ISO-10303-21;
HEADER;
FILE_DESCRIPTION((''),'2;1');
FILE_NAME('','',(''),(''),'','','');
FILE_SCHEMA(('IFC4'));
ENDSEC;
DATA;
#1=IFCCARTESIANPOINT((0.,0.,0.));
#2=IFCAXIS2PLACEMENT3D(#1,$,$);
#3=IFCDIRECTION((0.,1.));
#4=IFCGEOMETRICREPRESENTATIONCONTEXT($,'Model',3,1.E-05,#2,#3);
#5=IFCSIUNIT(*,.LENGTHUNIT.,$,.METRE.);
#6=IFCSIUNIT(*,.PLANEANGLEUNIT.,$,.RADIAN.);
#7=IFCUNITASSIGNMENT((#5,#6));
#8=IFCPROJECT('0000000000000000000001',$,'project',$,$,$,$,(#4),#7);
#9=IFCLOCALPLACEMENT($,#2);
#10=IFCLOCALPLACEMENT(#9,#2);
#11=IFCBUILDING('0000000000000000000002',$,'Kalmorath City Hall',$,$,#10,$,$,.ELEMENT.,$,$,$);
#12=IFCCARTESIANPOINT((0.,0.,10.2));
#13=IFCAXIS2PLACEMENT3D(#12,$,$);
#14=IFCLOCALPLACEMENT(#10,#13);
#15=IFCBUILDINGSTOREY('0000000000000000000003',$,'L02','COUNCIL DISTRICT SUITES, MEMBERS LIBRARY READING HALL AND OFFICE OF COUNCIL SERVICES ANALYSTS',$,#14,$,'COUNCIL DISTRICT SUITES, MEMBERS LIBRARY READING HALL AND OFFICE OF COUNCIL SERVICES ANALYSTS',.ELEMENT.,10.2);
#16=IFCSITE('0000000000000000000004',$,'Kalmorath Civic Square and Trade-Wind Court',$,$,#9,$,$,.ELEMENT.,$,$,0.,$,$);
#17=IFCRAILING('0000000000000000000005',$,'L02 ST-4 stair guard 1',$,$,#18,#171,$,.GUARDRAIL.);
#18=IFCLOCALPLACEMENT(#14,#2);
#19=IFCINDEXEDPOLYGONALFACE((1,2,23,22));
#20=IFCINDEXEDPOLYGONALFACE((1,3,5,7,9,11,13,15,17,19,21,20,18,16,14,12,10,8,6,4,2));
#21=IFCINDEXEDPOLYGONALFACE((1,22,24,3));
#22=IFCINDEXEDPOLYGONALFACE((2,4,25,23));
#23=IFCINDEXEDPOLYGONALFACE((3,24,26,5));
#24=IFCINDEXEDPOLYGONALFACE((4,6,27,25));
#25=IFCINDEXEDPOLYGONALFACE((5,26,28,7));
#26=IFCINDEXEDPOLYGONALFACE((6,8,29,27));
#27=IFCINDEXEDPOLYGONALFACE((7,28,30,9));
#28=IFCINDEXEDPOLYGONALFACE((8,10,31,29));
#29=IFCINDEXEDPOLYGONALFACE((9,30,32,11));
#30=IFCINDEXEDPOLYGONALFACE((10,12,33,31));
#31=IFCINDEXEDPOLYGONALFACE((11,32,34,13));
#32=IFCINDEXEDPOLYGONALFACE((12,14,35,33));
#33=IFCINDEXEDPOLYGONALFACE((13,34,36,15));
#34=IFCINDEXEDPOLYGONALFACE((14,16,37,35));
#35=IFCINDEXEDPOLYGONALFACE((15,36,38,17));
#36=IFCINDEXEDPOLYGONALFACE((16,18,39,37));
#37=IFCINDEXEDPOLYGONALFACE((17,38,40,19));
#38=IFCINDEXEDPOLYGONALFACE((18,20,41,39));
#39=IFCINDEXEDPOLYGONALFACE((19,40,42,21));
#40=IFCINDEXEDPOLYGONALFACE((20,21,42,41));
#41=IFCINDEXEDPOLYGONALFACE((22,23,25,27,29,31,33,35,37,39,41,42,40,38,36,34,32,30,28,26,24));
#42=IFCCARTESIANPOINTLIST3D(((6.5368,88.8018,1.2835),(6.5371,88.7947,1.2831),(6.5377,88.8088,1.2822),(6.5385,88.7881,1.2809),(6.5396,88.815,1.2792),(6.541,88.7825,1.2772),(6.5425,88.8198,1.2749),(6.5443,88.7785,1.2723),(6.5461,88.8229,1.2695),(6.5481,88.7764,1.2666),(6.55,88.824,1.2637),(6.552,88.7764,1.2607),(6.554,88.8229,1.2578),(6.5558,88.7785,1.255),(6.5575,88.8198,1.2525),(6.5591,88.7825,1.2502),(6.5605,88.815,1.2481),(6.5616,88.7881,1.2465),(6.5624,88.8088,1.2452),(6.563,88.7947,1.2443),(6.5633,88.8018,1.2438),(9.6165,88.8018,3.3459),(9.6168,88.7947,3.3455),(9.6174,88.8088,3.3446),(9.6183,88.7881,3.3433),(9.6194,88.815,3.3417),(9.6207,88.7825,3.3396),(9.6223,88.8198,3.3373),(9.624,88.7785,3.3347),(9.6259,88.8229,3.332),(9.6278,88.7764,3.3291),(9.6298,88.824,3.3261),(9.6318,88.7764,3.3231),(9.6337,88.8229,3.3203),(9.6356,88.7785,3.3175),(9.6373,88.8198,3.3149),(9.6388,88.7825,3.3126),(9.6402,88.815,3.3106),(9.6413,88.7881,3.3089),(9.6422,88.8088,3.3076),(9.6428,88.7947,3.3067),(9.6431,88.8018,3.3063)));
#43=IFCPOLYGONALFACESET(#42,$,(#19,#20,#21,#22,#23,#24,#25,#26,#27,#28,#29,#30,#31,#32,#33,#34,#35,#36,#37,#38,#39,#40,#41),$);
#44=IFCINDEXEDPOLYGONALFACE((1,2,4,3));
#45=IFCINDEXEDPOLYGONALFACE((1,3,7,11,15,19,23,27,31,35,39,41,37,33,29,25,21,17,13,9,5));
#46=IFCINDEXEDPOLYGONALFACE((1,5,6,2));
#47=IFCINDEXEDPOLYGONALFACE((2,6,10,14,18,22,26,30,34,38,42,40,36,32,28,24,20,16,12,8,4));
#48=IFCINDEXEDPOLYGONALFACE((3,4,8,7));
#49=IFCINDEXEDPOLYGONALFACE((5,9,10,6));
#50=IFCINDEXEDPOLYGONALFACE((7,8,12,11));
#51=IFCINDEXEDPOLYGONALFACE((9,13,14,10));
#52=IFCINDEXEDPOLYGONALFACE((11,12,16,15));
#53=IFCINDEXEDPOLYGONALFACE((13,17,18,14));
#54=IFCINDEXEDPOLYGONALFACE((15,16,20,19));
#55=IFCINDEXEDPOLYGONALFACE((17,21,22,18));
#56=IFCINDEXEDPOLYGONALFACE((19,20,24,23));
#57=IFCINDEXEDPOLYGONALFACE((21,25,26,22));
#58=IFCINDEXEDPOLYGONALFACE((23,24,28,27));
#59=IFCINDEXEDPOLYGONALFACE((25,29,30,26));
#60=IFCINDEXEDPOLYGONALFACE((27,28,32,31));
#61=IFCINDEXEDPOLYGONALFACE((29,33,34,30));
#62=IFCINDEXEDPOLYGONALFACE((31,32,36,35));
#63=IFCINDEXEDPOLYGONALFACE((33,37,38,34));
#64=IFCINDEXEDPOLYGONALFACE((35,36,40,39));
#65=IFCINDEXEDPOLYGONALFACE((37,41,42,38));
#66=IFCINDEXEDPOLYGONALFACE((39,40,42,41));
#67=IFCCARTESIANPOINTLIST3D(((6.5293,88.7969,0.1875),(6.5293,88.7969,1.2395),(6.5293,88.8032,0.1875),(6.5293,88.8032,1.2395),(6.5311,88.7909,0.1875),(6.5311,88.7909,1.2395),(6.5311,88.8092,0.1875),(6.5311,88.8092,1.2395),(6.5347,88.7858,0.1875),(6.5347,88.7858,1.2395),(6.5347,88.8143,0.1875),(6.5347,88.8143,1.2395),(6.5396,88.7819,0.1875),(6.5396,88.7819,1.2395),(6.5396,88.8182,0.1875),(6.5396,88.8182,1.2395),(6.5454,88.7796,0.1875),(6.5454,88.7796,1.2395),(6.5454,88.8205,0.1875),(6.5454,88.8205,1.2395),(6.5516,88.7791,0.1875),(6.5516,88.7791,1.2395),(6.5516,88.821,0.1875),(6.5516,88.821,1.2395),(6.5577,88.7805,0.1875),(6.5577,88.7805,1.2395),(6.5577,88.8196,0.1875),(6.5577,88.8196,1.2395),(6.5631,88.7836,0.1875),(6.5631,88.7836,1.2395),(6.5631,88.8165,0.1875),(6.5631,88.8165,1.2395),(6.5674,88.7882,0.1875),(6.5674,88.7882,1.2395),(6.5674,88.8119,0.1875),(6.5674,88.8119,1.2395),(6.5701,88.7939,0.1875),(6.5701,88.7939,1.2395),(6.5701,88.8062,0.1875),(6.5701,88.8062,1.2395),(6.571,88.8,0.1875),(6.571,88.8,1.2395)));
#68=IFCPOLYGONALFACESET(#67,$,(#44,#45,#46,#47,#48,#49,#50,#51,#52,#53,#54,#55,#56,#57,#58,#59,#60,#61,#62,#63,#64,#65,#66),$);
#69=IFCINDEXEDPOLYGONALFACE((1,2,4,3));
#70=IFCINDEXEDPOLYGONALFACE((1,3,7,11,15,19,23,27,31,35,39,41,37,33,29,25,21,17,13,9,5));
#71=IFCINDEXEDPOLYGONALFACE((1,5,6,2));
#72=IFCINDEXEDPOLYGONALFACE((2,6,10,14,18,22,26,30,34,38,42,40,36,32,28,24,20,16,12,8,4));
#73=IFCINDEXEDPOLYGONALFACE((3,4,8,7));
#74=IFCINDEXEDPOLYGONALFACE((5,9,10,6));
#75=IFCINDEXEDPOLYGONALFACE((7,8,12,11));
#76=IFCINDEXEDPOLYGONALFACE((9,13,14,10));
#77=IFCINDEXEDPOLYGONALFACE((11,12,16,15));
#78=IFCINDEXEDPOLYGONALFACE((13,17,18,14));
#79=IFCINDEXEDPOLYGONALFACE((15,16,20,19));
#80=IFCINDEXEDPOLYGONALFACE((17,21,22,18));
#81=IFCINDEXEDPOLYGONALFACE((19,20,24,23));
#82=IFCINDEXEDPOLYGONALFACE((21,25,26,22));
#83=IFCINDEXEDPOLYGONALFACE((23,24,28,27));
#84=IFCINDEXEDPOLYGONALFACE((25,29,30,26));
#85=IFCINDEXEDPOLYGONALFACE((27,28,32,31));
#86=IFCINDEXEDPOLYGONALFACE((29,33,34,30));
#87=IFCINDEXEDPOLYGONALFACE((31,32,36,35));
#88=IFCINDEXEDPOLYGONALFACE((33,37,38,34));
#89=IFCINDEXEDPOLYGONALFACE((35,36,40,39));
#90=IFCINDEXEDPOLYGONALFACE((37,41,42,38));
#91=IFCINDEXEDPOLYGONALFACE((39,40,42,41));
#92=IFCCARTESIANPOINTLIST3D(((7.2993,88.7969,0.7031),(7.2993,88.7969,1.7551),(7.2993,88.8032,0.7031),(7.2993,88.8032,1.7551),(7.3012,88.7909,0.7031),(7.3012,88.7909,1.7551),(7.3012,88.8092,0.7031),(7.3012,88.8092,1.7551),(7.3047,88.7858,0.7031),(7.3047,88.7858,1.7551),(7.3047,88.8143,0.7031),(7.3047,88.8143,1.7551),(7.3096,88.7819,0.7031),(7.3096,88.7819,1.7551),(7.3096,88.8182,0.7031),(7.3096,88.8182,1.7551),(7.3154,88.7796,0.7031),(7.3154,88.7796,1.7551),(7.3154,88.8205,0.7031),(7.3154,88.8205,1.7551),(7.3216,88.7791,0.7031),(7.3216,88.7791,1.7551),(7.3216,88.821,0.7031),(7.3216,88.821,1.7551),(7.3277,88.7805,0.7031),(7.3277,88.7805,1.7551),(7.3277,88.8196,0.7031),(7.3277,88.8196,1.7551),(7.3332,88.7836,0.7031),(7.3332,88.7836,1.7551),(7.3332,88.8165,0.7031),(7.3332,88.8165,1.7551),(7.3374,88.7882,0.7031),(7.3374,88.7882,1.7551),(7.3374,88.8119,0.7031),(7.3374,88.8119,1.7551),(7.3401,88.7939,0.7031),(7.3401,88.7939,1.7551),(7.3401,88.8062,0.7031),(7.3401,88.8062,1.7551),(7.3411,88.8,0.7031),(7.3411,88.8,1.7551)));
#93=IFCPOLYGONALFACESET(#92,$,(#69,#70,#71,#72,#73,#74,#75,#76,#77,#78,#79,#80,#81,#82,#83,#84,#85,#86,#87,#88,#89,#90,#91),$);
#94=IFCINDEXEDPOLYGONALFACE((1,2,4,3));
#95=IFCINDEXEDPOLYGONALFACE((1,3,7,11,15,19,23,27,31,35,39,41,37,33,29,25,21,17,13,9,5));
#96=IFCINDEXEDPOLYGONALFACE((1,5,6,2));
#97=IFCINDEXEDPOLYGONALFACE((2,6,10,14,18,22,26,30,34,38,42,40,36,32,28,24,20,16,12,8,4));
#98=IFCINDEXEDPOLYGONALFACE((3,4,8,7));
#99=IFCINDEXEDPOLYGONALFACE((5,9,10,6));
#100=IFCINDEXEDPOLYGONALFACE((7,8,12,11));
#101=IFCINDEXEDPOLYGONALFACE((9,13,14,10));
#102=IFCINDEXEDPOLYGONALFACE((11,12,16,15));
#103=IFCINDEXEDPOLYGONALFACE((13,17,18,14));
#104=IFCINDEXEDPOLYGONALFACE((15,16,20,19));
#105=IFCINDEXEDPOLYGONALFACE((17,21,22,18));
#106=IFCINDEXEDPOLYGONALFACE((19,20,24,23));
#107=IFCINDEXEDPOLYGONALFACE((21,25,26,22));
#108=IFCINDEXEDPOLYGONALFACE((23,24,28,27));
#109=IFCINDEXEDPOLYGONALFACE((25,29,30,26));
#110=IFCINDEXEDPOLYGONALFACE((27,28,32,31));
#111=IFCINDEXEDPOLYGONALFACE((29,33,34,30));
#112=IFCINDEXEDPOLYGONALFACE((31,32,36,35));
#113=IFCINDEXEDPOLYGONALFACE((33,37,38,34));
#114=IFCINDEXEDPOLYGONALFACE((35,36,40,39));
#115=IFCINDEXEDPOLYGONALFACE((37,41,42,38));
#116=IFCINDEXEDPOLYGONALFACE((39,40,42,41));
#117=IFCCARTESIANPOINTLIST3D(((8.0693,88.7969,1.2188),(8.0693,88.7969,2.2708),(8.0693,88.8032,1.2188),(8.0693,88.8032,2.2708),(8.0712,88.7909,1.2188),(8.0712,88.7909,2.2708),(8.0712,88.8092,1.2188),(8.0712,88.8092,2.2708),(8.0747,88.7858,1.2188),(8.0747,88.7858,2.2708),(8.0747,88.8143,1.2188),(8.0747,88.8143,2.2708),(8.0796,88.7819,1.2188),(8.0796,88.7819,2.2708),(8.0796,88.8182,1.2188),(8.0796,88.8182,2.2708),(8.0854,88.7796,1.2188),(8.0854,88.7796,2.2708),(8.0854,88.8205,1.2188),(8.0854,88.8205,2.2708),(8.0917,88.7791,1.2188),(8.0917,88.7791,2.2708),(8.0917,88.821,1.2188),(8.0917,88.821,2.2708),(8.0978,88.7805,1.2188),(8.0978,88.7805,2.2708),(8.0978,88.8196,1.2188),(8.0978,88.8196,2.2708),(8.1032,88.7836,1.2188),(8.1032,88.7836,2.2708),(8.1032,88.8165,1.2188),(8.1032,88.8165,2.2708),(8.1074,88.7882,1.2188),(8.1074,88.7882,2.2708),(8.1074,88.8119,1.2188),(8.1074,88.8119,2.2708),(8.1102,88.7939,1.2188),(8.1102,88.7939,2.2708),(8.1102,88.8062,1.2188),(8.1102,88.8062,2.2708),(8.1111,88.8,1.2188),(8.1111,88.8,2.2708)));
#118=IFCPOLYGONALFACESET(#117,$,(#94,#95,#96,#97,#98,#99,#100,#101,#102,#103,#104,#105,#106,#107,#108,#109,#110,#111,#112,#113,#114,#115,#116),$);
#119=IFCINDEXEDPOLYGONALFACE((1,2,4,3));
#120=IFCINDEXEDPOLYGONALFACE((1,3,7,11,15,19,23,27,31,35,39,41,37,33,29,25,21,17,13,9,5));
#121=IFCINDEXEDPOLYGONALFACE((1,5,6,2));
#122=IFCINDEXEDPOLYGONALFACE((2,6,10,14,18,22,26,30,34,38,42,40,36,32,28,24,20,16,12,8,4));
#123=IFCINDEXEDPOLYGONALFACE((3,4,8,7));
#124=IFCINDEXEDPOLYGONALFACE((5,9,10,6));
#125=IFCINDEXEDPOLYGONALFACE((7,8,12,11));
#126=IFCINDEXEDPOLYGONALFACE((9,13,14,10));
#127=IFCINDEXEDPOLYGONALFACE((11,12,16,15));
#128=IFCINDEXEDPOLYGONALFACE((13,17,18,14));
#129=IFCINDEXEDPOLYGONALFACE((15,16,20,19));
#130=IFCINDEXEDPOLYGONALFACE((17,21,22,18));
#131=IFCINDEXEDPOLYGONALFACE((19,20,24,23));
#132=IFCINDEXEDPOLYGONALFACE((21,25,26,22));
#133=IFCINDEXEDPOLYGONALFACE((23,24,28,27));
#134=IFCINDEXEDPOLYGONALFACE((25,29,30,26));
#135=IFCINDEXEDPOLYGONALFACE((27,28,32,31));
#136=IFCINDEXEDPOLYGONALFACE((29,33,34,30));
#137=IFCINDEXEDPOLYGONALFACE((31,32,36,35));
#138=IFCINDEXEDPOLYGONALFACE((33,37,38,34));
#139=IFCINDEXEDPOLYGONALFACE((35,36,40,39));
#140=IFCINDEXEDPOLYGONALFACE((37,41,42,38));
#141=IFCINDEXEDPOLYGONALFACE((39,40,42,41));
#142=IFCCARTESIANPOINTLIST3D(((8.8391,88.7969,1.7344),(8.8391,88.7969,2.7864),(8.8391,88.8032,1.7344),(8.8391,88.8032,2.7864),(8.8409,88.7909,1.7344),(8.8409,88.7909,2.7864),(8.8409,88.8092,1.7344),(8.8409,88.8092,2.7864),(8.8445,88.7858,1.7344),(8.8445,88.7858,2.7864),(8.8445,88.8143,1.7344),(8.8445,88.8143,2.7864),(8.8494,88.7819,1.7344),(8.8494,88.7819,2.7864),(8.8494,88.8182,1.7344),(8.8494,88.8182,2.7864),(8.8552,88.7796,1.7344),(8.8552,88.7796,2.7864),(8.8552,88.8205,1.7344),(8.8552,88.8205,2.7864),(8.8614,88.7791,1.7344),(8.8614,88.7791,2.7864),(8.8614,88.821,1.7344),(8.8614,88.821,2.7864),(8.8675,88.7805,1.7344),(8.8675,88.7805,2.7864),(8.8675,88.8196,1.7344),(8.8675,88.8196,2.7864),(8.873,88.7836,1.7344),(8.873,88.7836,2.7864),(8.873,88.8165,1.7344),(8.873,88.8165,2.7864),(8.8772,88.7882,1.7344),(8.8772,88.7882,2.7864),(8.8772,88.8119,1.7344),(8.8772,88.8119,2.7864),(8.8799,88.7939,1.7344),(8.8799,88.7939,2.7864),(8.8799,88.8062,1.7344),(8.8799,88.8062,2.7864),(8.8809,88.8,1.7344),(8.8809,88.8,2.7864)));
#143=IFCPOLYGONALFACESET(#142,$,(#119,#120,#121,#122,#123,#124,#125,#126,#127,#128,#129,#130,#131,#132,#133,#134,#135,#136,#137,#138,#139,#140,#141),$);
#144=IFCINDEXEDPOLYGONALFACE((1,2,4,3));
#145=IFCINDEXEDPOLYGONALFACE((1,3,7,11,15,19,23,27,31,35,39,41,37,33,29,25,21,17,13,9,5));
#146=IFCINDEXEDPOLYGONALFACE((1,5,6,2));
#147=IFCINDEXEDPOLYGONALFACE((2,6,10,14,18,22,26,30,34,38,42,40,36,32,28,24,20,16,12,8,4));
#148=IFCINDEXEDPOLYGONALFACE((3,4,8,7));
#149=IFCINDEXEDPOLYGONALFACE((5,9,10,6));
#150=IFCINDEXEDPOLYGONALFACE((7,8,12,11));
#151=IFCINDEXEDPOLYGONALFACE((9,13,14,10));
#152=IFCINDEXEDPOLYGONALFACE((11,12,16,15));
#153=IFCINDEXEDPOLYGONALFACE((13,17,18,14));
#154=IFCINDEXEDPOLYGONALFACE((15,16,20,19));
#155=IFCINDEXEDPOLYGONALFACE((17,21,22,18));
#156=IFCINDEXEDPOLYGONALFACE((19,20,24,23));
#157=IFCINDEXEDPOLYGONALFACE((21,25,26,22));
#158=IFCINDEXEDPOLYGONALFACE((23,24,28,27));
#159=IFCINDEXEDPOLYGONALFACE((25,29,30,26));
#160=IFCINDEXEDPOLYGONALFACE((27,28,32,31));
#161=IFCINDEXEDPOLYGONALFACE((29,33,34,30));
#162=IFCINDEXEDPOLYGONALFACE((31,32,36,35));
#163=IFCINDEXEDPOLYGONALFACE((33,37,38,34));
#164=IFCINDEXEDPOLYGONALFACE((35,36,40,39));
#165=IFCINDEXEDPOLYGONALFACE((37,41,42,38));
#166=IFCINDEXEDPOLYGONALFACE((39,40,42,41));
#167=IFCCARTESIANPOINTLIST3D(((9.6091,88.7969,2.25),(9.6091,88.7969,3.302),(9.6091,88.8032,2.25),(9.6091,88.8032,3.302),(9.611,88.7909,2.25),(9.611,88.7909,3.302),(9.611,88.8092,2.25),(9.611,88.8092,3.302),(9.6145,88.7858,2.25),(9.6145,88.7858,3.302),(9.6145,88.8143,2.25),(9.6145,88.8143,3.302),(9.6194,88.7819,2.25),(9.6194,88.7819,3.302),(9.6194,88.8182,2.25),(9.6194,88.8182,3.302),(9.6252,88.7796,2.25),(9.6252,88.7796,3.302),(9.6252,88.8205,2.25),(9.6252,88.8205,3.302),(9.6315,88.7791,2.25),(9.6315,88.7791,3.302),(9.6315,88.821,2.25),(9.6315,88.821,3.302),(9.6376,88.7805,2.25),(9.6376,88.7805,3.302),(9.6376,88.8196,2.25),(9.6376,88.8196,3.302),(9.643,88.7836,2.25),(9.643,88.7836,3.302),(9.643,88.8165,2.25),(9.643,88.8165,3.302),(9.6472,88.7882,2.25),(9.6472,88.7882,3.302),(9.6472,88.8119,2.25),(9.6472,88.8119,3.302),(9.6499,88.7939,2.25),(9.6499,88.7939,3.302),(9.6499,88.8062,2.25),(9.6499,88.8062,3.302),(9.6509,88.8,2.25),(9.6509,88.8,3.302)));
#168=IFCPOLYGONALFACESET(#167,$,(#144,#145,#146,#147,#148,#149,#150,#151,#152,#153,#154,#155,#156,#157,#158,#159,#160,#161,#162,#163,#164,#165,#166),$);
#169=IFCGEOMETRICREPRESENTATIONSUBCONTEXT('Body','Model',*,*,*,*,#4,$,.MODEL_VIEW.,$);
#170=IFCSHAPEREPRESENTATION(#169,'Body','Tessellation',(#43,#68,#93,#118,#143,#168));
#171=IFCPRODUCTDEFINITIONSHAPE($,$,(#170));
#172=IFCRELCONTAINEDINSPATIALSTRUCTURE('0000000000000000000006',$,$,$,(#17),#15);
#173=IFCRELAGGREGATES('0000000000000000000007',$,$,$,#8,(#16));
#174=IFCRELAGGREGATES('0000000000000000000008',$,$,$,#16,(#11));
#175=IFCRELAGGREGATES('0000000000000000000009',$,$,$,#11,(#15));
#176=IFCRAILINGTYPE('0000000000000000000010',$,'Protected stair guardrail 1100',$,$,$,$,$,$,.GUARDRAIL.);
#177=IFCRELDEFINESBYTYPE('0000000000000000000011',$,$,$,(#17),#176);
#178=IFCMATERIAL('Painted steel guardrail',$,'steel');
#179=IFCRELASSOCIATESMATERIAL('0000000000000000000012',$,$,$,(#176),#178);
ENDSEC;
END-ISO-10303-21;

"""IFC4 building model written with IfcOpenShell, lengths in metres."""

from ifc_helpers import new_model, si_unit, direction, frame, origin, origin_2d, place, context, subcontext, project, spatial, circle, extrude, material, type_object, element, save


model = new_model("IFC4")

# Units and contexts
model_context = context("Model", 3, precision=1e-05, world=origin(), true_north=direction((0.0, 1.0)))
body_context = subcontext(model_context, "Body", "Model", "MODEL_VIEW")
ifc_project = project(units=[si_unit("LENGTHUNIT", "METRE"), si_unit("PLANEANGLEUNIT", "RADIAN")], contexts=[model_context])

# Site, building, storey
site_placement = place(None, origin())
site = spatial("IfcSite", under=ifc_project, at=site_placement, Name="Kalmorath Civic Square and Trade-Wind Court", CompositionType="ELEMENT", RefElevation=0.0)
building_placement = place(site_placement, origin())
building = spatial("IfcBuilding", under=site, at=building_placement, Name="Kalmorath City Hall", CompositionType="ELEMENT")
storey_placement = place(building_placement, frame((0.0, 0.0, 10.2)))
storey = spatial("IfcBuildingStorey", under=building, at=storey_placement, Name="L02", Description="COUNCIL DISTRICT SUITES, MEMBERS LIBRARY READING HALL AND OFFICE OF COUNCIL SERVICES ANALYSTS", LongName="COUNCIL DISTRICT SUITES, MEMBERS LIBRARY READING HALL AND OFFICE OF COUNCIL SERVICES ANALYSTS", CompositionType="ELEMENT", Elevation=10.2)

# Railing
ifc_material_1 = material(Name="Painted steel guardrail", Category="steel")
railing_type_1 = type_object("IfcRailingType", Name="Protected stair guardrail 1100", PredefinedType="GUARDRAIL", material=ifc_material_1)
railing_1_placement = place(storey_placement, frame((6.55, 88.8, 0.1875)))
element("IfcRailing", 1, at=railing_1_placement, inside=storey, type_object=railing_type_1, Name="L02 ST-4 stair guard 1", PredefinedType="GUARDRAIL", context=body_context, shape_type="SweptSolid", body=[
    extrude(circle(Radius=0.0239, at=origin_2d()), frame((0.0, 0.0, 1.0762), z_axis=(0.830893, 0.0, 0.556432), x_axis=(0.0, 1.0, 0.0)), (0.0, 0.0, 1.0), 3.7065),
    extrude(circle(Radius=0.021, at=origin_2d()), origin(), (0.0, 0.0, 1.0), 1.052),
    extrude(circle(Radius=0.021, at=origin_2d()), frame((0.77, 0.0, 0.5156)), (0.0, 0.0, 1.0), 1.052),
    extrude(circle(Radius=0.021, at=origin_2d()), frame((1.54, 0.0, 1.0312)), (0.0, 0.0, 1.0), 1.052),
    extrude(circle(Radius=0.021, at=origin_2d()), frame((2.3098, 0.0, 1.5469)), (0.0, 0.0, 1.0), 1.052),
    extrude(circle(Radius=0.021, at=origin_2d()), frame((3.0798, 0.0, 2.0625)), (0.0, 0.0, 1.0), 1.052),
])

save(model, "model.ifc")
